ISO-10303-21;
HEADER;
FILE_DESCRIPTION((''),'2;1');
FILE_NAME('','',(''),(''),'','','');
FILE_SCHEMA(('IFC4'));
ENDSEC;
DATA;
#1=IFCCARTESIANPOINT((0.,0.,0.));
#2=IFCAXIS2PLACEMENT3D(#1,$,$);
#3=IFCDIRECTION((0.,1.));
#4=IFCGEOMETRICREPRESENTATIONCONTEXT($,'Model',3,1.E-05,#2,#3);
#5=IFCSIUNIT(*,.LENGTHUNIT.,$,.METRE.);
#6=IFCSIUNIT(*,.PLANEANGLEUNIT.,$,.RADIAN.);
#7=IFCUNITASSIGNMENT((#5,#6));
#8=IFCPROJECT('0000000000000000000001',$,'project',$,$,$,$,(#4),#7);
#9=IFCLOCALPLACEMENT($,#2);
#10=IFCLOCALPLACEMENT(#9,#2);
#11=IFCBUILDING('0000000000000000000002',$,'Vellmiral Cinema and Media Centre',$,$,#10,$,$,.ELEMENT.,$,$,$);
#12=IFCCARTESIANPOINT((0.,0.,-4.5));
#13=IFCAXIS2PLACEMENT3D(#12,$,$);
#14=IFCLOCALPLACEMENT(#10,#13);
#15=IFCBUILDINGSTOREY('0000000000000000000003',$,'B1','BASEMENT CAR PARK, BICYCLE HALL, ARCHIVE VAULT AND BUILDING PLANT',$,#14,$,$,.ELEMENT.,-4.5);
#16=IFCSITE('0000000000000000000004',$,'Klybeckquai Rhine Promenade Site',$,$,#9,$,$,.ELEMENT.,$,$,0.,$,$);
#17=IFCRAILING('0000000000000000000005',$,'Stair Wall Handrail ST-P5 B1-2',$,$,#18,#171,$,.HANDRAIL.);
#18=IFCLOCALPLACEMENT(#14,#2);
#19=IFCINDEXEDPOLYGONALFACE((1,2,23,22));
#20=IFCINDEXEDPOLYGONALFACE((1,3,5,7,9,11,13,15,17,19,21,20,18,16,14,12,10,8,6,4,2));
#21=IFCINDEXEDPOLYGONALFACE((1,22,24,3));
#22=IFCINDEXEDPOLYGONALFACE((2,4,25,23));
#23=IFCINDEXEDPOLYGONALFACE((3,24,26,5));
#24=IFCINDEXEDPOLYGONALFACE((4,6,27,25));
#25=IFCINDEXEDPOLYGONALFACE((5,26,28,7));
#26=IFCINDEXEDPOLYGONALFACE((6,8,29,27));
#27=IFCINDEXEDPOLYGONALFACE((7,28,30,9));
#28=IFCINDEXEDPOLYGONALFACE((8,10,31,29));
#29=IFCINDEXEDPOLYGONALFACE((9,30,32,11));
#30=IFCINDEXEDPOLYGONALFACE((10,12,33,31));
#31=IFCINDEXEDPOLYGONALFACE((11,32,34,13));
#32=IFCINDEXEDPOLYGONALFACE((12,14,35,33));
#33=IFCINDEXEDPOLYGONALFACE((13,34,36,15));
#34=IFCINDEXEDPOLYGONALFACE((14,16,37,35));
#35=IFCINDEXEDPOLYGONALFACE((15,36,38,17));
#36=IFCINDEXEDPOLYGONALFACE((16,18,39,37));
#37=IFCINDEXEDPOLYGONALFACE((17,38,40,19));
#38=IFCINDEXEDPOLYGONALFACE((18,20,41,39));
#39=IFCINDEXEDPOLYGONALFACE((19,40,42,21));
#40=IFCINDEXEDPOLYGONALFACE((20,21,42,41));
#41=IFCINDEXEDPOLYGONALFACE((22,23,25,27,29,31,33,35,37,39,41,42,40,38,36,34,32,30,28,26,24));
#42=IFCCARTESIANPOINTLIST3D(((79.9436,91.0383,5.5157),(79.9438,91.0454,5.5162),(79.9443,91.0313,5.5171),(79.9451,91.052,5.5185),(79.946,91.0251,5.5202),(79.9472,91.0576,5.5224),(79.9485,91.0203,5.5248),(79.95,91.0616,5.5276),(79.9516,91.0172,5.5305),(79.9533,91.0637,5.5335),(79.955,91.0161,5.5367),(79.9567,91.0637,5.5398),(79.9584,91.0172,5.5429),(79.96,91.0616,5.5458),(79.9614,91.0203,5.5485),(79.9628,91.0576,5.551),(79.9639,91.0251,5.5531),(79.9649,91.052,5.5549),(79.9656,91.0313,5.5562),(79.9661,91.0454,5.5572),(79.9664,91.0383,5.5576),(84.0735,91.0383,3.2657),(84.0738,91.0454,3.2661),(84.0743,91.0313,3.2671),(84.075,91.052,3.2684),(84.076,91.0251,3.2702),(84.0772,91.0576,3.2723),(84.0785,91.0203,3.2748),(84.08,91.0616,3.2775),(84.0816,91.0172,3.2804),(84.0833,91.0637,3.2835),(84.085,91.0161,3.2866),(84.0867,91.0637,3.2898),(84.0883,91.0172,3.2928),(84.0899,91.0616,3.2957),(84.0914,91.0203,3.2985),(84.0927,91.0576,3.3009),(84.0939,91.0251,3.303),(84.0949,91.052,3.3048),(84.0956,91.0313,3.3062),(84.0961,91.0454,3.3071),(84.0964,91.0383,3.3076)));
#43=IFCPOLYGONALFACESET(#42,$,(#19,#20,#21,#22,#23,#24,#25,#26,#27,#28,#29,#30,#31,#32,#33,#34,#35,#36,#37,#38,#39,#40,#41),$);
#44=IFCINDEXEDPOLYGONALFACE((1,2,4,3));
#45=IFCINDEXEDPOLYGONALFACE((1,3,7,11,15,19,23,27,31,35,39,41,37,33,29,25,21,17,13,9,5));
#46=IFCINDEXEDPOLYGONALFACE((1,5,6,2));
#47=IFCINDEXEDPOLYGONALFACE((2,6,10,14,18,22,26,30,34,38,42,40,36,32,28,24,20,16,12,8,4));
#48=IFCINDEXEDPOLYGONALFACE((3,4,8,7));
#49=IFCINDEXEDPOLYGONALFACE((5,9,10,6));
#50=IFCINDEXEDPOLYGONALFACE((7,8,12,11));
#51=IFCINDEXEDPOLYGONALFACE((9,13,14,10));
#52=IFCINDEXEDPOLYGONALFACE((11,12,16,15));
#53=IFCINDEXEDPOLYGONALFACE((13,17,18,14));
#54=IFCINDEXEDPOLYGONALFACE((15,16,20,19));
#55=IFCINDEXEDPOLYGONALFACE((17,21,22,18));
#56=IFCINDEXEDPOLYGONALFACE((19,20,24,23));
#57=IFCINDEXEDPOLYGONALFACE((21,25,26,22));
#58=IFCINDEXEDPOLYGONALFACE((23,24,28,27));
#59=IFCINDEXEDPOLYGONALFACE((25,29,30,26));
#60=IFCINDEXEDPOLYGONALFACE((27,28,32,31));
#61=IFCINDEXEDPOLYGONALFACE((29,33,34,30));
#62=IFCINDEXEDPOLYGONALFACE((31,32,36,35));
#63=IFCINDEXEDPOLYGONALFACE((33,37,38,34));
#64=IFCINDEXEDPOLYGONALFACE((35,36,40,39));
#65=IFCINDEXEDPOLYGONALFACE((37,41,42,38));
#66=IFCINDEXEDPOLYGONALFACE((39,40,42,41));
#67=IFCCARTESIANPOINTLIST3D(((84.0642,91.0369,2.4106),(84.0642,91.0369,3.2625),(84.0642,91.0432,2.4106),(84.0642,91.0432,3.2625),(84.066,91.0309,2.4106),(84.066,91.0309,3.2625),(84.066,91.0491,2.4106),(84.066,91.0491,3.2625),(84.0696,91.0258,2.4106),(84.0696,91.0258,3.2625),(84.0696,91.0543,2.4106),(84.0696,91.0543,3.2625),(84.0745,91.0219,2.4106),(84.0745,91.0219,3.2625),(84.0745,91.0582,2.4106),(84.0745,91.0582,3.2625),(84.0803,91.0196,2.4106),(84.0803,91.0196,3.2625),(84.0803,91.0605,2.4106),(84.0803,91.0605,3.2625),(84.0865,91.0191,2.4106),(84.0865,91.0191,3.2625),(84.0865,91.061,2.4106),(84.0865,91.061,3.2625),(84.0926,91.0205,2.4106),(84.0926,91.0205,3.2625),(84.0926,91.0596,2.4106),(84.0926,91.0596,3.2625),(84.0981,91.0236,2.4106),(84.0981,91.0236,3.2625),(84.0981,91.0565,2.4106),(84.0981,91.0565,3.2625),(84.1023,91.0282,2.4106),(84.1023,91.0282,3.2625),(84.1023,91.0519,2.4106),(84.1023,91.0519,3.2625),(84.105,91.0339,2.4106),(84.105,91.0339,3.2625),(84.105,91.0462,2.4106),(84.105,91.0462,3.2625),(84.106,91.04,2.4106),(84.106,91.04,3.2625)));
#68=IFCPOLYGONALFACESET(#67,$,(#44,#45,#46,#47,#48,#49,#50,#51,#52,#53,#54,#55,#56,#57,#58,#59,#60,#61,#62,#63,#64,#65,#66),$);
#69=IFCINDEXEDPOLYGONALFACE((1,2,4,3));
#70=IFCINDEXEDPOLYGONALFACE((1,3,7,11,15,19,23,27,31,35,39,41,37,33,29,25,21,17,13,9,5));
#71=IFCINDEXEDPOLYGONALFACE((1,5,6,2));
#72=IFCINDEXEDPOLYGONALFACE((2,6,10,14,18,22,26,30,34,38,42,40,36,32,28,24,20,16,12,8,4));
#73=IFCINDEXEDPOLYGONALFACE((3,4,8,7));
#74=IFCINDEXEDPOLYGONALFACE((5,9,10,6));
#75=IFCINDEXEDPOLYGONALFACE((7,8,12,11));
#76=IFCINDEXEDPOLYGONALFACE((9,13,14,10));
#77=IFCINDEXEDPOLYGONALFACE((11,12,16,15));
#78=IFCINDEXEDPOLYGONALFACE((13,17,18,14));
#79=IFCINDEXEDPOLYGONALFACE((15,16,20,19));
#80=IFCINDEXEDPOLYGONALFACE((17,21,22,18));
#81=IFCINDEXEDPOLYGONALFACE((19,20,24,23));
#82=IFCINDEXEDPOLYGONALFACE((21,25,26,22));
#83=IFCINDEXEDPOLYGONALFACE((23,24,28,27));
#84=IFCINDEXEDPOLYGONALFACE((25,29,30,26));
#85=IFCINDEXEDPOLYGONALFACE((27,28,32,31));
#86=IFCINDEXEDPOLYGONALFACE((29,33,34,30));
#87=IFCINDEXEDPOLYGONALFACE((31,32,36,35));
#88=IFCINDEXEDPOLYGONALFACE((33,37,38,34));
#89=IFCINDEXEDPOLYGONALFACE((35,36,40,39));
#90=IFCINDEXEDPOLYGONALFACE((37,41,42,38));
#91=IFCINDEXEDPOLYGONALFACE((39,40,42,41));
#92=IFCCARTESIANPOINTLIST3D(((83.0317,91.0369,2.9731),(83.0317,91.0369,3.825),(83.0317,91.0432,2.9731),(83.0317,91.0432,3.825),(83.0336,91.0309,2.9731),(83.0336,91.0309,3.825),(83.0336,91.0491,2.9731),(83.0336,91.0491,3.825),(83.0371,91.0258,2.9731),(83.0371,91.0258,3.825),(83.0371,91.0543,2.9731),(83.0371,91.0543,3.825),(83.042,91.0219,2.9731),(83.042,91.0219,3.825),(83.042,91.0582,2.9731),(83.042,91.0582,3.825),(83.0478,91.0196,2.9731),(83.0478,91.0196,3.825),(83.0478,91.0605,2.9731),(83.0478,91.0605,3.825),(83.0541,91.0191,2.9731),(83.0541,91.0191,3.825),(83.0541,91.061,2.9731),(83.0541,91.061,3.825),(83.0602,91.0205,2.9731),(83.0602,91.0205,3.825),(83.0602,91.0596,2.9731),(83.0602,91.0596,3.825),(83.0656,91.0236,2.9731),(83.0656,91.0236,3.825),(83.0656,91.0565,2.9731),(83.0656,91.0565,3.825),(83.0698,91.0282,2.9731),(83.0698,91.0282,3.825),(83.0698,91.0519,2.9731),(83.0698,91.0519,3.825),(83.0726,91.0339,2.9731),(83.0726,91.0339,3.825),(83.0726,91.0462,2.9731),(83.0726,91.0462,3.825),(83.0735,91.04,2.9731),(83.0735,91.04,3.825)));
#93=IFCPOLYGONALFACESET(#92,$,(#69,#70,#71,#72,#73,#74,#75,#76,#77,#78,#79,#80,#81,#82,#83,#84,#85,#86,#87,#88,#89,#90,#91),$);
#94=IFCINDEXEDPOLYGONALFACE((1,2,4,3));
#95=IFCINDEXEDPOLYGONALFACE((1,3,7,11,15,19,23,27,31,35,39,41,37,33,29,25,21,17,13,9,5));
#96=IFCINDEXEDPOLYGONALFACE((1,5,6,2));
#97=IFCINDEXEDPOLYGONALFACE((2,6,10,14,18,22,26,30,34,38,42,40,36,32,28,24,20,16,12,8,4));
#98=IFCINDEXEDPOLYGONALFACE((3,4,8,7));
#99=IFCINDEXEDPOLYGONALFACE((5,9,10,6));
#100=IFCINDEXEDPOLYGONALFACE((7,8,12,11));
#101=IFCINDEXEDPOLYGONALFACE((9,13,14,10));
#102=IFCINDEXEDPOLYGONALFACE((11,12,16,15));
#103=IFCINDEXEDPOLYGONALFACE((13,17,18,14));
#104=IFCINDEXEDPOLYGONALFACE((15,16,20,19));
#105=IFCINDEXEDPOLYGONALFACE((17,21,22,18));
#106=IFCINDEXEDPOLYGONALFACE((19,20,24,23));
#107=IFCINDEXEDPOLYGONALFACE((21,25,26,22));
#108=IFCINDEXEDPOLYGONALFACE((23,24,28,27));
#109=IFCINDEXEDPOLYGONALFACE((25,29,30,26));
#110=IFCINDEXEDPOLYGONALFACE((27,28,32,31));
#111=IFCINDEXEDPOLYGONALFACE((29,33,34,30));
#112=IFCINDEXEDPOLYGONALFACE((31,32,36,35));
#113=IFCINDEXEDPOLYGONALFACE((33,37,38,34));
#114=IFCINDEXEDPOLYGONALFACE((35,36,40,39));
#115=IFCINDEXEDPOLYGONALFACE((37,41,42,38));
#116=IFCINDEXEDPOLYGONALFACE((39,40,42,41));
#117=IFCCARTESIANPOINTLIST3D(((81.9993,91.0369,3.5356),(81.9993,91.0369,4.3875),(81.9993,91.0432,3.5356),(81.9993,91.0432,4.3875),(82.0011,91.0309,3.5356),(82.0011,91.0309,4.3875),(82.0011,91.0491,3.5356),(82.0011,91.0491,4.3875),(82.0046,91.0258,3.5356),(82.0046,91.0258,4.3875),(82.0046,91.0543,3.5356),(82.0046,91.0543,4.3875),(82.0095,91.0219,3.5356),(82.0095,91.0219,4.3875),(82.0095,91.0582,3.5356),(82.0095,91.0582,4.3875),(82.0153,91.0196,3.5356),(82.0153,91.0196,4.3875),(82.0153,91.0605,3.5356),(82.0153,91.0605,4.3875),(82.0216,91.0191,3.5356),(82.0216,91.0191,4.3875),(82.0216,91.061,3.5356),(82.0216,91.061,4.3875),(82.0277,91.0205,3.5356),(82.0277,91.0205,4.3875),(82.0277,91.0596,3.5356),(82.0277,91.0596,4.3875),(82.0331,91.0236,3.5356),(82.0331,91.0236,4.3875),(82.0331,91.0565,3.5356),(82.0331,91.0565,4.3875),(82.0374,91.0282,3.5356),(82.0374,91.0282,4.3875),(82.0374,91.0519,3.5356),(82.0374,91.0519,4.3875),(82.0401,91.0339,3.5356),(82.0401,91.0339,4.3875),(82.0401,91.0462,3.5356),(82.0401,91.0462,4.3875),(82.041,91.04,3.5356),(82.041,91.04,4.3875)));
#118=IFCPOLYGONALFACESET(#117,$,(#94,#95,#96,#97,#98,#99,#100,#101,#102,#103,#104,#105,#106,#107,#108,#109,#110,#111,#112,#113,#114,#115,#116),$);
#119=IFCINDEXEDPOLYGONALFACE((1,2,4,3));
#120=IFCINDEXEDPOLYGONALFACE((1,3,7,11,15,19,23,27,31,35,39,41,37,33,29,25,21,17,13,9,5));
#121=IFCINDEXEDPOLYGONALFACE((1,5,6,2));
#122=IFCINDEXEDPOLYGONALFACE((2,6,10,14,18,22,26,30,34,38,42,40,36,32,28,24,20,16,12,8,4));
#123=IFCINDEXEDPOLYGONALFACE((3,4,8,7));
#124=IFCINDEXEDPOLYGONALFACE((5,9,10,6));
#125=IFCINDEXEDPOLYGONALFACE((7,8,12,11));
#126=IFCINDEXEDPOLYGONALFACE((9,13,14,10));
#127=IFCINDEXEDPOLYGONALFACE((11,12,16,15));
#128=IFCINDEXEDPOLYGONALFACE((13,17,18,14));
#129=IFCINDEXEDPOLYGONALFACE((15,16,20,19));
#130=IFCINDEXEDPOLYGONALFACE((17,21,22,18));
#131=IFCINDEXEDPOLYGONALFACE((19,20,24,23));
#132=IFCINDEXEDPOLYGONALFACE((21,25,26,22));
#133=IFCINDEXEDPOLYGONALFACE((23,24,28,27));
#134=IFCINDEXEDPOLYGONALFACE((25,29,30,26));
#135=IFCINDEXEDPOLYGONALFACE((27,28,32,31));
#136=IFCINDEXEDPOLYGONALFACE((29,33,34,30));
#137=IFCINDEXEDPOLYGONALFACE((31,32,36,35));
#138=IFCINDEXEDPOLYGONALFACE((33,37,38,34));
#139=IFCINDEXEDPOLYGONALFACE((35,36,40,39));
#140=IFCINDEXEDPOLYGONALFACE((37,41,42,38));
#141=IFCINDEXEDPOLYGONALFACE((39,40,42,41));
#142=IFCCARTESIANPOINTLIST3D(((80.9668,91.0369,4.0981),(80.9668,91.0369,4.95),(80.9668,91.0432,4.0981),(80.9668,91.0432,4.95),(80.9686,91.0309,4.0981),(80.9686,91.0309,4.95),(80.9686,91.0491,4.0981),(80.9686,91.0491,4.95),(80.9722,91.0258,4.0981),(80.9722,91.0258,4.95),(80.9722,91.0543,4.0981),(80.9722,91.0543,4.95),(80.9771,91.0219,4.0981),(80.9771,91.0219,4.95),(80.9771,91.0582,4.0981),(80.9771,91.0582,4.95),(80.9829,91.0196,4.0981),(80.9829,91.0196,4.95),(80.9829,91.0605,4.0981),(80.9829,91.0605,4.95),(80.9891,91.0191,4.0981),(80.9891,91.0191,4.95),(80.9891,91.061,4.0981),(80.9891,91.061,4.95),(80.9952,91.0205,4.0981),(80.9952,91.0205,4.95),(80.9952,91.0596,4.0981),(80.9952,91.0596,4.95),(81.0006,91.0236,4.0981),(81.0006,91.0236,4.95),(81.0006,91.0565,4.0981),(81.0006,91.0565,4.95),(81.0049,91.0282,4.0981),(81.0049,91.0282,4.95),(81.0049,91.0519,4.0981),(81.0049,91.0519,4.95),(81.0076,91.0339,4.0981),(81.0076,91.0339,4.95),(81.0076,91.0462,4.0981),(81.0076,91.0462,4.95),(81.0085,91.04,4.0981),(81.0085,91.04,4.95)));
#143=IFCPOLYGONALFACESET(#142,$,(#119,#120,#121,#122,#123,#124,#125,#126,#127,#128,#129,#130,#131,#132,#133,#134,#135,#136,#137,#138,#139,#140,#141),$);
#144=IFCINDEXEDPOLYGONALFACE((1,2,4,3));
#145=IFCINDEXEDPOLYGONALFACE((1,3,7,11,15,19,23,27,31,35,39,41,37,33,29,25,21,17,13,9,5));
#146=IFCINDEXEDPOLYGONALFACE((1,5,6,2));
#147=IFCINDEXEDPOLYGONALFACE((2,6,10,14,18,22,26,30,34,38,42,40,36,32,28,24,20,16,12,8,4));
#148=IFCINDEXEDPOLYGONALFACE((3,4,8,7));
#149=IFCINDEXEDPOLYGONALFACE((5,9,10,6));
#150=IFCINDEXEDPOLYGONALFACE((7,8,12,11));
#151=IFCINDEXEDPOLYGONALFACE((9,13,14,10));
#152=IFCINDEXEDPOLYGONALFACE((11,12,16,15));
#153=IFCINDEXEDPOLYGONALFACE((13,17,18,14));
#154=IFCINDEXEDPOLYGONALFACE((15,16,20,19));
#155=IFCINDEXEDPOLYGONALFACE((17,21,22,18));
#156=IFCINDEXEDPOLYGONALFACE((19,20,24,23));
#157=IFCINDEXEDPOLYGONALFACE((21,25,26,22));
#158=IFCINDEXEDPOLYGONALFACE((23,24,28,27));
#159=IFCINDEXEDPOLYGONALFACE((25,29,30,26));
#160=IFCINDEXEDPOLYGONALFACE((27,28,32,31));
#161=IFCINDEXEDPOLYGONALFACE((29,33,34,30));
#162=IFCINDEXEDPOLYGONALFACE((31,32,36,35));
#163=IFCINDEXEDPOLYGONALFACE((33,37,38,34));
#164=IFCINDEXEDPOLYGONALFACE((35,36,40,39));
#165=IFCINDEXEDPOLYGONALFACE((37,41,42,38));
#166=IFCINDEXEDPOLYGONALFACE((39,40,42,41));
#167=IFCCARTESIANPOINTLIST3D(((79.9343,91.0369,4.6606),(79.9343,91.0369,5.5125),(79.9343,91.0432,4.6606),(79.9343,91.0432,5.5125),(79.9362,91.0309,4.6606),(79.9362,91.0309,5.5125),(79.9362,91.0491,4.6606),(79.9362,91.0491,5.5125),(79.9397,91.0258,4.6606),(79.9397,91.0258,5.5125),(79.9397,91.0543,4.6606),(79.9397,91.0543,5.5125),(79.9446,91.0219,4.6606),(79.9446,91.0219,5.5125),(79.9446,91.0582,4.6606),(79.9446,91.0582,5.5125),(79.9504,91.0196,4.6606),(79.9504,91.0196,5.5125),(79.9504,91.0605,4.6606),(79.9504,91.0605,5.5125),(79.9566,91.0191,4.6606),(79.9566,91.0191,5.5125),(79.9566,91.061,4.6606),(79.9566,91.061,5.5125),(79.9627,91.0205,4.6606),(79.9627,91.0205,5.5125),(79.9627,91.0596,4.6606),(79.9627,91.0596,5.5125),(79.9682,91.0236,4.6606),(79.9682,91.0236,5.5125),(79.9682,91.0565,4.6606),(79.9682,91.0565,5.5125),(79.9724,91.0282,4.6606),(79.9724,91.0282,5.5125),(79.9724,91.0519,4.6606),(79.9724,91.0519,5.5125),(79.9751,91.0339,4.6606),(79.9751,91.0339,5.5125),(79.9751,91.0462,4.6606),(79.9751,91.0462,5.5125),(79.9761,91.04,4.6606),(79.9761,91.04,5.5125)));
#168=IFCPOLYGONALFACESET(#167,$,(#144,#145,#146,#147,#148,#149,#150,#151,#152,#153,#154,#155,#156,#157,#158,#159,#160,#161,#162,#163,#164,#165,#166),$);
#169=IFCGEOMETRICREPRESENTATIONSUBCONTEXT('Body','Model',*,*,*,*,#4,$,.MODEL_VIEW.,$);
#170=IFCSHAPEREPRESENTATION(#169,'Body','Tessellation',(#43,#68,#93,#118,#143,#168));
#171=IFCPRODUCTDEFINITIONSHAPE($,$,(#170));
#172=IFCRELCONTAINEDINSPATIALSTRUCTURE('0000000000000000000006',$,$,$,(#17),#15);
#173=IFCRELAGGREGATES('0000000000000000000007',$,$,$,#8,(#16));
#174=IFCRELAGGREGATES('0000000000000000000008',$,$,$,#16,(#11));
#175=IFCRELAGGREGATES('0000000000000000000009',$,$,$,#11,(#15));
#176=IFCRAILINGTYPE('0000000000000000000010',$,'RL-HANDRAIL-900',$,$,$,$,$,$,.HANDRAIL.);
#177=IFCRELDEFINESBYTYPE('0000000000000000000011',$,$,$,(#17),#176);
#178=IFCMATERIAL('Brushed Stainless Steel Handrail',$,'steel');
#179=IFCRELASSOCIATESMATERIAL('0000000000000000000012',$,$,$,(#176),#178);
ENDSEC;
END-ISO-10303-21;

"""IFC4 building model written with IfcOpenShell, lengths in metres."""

from ifc_helpers import new_model, si_unit, direction, frame, origin, origin_2d, place, context, subcontext, project, spatial, circle, extrude, material, type_object, element, save


model = new_model("IFC4")

# Units and contexts
model_context = context("Model", 3, precision=1e-05, world=origin(), true_north=direction((0.0, 1.0)))
body_context = subcontext(model_context, "Body", "Model", "MODEL_VIEW")
ifc_project = project(units=[si_unit("LENGTHUNIT", "METRE"), si_unit("PLANEANGLEUNIT", "RADIAN")], contexts=[model_context])

# Site, building, storey
site_placement = place(None, origin())
site = spatial("IfcSite", under=ifc_project, at=site_placement, Name="Klybeckquai Rhine Promenade Site", CompositionType="ELEMENT", RefElevation=0.0)
building_placement = place(site_placement, origin())
building = spatial("IfcBuilding", under=site, at=building_placement, Name="Vellmiral Cinema and Media Centre", CompositionType="ELEMENT")
storey_placement = place(building_placement, frame((0.0, 0.0, -4.5)))
storey = spatial("IfcBuildingStorey", under=building, at=storey_placement, Name="B1", Description="BASEMENT CAR PARK, BICYCLE HALL, ARCHIVE VAULT AND BUILDING PLANT", CompositionType="ELEMENT", Elevation=-4.5)

# Railing
ifc_material_1 = material(Name="Brushed Stainless Steel Handrail", Category="steel")
railing_type_1 = type_object("IfcRailingType", Name="RL-HANDRAIL-900", PredefinedType="HANDRAIL", material=ifc_material_1)
railing_1_placement = place(storey_placement, frame((84.085, 91.04, 2.4106)))
element("IfcRailing", 1, at=railing_1_placement, inside=storey, type_object=railing_type_1, Name="Stair Wall Handrail ST-P5 B1-2", PredefinedType="HANDRAIL", context=body_context, shape_type="SweptSolid", body=[
    extrude(circle(Radius=0.0239, at=origin_2d()), frame((0.0, 0.0, 0.876), z_axis=(-0.878134, 0.0, 0.478416), x_axis=(0.0, -1.0, 0.0)), (0.0, 0.0, 1.0), 4.7031),
    extrude(circle(Radius=0.021, at=origin_2d()), origin(), (0.0, 0.0, 1.0), 0.8518),
    extrude(circle(Radius=0.021, at=origin_2d()), frame((-1.0325, 0.0, 0.5625)), (0.0, 0.0, 1.0), 0.8518),
    extrude(circle(Radius=0.021, at=origin_2d()), frame((-2.0649, 0.0, 1.125)), (0.0, 0.0, 1.0), 0.8518),
    extrude(circle(Radius=0.021, at=origin_2d()), frame((-3.0974, 0.0, 1.6875)), (0.0, 0.0, 1.0), 0.8518),
    extrude(circle(Radius=0.021, at=origin_2d()), frame((-4.1299, 0.0, 2.25)), (0.0, 0.0, 1.0), 0.8518),
])

save(model, "model.ifc")
